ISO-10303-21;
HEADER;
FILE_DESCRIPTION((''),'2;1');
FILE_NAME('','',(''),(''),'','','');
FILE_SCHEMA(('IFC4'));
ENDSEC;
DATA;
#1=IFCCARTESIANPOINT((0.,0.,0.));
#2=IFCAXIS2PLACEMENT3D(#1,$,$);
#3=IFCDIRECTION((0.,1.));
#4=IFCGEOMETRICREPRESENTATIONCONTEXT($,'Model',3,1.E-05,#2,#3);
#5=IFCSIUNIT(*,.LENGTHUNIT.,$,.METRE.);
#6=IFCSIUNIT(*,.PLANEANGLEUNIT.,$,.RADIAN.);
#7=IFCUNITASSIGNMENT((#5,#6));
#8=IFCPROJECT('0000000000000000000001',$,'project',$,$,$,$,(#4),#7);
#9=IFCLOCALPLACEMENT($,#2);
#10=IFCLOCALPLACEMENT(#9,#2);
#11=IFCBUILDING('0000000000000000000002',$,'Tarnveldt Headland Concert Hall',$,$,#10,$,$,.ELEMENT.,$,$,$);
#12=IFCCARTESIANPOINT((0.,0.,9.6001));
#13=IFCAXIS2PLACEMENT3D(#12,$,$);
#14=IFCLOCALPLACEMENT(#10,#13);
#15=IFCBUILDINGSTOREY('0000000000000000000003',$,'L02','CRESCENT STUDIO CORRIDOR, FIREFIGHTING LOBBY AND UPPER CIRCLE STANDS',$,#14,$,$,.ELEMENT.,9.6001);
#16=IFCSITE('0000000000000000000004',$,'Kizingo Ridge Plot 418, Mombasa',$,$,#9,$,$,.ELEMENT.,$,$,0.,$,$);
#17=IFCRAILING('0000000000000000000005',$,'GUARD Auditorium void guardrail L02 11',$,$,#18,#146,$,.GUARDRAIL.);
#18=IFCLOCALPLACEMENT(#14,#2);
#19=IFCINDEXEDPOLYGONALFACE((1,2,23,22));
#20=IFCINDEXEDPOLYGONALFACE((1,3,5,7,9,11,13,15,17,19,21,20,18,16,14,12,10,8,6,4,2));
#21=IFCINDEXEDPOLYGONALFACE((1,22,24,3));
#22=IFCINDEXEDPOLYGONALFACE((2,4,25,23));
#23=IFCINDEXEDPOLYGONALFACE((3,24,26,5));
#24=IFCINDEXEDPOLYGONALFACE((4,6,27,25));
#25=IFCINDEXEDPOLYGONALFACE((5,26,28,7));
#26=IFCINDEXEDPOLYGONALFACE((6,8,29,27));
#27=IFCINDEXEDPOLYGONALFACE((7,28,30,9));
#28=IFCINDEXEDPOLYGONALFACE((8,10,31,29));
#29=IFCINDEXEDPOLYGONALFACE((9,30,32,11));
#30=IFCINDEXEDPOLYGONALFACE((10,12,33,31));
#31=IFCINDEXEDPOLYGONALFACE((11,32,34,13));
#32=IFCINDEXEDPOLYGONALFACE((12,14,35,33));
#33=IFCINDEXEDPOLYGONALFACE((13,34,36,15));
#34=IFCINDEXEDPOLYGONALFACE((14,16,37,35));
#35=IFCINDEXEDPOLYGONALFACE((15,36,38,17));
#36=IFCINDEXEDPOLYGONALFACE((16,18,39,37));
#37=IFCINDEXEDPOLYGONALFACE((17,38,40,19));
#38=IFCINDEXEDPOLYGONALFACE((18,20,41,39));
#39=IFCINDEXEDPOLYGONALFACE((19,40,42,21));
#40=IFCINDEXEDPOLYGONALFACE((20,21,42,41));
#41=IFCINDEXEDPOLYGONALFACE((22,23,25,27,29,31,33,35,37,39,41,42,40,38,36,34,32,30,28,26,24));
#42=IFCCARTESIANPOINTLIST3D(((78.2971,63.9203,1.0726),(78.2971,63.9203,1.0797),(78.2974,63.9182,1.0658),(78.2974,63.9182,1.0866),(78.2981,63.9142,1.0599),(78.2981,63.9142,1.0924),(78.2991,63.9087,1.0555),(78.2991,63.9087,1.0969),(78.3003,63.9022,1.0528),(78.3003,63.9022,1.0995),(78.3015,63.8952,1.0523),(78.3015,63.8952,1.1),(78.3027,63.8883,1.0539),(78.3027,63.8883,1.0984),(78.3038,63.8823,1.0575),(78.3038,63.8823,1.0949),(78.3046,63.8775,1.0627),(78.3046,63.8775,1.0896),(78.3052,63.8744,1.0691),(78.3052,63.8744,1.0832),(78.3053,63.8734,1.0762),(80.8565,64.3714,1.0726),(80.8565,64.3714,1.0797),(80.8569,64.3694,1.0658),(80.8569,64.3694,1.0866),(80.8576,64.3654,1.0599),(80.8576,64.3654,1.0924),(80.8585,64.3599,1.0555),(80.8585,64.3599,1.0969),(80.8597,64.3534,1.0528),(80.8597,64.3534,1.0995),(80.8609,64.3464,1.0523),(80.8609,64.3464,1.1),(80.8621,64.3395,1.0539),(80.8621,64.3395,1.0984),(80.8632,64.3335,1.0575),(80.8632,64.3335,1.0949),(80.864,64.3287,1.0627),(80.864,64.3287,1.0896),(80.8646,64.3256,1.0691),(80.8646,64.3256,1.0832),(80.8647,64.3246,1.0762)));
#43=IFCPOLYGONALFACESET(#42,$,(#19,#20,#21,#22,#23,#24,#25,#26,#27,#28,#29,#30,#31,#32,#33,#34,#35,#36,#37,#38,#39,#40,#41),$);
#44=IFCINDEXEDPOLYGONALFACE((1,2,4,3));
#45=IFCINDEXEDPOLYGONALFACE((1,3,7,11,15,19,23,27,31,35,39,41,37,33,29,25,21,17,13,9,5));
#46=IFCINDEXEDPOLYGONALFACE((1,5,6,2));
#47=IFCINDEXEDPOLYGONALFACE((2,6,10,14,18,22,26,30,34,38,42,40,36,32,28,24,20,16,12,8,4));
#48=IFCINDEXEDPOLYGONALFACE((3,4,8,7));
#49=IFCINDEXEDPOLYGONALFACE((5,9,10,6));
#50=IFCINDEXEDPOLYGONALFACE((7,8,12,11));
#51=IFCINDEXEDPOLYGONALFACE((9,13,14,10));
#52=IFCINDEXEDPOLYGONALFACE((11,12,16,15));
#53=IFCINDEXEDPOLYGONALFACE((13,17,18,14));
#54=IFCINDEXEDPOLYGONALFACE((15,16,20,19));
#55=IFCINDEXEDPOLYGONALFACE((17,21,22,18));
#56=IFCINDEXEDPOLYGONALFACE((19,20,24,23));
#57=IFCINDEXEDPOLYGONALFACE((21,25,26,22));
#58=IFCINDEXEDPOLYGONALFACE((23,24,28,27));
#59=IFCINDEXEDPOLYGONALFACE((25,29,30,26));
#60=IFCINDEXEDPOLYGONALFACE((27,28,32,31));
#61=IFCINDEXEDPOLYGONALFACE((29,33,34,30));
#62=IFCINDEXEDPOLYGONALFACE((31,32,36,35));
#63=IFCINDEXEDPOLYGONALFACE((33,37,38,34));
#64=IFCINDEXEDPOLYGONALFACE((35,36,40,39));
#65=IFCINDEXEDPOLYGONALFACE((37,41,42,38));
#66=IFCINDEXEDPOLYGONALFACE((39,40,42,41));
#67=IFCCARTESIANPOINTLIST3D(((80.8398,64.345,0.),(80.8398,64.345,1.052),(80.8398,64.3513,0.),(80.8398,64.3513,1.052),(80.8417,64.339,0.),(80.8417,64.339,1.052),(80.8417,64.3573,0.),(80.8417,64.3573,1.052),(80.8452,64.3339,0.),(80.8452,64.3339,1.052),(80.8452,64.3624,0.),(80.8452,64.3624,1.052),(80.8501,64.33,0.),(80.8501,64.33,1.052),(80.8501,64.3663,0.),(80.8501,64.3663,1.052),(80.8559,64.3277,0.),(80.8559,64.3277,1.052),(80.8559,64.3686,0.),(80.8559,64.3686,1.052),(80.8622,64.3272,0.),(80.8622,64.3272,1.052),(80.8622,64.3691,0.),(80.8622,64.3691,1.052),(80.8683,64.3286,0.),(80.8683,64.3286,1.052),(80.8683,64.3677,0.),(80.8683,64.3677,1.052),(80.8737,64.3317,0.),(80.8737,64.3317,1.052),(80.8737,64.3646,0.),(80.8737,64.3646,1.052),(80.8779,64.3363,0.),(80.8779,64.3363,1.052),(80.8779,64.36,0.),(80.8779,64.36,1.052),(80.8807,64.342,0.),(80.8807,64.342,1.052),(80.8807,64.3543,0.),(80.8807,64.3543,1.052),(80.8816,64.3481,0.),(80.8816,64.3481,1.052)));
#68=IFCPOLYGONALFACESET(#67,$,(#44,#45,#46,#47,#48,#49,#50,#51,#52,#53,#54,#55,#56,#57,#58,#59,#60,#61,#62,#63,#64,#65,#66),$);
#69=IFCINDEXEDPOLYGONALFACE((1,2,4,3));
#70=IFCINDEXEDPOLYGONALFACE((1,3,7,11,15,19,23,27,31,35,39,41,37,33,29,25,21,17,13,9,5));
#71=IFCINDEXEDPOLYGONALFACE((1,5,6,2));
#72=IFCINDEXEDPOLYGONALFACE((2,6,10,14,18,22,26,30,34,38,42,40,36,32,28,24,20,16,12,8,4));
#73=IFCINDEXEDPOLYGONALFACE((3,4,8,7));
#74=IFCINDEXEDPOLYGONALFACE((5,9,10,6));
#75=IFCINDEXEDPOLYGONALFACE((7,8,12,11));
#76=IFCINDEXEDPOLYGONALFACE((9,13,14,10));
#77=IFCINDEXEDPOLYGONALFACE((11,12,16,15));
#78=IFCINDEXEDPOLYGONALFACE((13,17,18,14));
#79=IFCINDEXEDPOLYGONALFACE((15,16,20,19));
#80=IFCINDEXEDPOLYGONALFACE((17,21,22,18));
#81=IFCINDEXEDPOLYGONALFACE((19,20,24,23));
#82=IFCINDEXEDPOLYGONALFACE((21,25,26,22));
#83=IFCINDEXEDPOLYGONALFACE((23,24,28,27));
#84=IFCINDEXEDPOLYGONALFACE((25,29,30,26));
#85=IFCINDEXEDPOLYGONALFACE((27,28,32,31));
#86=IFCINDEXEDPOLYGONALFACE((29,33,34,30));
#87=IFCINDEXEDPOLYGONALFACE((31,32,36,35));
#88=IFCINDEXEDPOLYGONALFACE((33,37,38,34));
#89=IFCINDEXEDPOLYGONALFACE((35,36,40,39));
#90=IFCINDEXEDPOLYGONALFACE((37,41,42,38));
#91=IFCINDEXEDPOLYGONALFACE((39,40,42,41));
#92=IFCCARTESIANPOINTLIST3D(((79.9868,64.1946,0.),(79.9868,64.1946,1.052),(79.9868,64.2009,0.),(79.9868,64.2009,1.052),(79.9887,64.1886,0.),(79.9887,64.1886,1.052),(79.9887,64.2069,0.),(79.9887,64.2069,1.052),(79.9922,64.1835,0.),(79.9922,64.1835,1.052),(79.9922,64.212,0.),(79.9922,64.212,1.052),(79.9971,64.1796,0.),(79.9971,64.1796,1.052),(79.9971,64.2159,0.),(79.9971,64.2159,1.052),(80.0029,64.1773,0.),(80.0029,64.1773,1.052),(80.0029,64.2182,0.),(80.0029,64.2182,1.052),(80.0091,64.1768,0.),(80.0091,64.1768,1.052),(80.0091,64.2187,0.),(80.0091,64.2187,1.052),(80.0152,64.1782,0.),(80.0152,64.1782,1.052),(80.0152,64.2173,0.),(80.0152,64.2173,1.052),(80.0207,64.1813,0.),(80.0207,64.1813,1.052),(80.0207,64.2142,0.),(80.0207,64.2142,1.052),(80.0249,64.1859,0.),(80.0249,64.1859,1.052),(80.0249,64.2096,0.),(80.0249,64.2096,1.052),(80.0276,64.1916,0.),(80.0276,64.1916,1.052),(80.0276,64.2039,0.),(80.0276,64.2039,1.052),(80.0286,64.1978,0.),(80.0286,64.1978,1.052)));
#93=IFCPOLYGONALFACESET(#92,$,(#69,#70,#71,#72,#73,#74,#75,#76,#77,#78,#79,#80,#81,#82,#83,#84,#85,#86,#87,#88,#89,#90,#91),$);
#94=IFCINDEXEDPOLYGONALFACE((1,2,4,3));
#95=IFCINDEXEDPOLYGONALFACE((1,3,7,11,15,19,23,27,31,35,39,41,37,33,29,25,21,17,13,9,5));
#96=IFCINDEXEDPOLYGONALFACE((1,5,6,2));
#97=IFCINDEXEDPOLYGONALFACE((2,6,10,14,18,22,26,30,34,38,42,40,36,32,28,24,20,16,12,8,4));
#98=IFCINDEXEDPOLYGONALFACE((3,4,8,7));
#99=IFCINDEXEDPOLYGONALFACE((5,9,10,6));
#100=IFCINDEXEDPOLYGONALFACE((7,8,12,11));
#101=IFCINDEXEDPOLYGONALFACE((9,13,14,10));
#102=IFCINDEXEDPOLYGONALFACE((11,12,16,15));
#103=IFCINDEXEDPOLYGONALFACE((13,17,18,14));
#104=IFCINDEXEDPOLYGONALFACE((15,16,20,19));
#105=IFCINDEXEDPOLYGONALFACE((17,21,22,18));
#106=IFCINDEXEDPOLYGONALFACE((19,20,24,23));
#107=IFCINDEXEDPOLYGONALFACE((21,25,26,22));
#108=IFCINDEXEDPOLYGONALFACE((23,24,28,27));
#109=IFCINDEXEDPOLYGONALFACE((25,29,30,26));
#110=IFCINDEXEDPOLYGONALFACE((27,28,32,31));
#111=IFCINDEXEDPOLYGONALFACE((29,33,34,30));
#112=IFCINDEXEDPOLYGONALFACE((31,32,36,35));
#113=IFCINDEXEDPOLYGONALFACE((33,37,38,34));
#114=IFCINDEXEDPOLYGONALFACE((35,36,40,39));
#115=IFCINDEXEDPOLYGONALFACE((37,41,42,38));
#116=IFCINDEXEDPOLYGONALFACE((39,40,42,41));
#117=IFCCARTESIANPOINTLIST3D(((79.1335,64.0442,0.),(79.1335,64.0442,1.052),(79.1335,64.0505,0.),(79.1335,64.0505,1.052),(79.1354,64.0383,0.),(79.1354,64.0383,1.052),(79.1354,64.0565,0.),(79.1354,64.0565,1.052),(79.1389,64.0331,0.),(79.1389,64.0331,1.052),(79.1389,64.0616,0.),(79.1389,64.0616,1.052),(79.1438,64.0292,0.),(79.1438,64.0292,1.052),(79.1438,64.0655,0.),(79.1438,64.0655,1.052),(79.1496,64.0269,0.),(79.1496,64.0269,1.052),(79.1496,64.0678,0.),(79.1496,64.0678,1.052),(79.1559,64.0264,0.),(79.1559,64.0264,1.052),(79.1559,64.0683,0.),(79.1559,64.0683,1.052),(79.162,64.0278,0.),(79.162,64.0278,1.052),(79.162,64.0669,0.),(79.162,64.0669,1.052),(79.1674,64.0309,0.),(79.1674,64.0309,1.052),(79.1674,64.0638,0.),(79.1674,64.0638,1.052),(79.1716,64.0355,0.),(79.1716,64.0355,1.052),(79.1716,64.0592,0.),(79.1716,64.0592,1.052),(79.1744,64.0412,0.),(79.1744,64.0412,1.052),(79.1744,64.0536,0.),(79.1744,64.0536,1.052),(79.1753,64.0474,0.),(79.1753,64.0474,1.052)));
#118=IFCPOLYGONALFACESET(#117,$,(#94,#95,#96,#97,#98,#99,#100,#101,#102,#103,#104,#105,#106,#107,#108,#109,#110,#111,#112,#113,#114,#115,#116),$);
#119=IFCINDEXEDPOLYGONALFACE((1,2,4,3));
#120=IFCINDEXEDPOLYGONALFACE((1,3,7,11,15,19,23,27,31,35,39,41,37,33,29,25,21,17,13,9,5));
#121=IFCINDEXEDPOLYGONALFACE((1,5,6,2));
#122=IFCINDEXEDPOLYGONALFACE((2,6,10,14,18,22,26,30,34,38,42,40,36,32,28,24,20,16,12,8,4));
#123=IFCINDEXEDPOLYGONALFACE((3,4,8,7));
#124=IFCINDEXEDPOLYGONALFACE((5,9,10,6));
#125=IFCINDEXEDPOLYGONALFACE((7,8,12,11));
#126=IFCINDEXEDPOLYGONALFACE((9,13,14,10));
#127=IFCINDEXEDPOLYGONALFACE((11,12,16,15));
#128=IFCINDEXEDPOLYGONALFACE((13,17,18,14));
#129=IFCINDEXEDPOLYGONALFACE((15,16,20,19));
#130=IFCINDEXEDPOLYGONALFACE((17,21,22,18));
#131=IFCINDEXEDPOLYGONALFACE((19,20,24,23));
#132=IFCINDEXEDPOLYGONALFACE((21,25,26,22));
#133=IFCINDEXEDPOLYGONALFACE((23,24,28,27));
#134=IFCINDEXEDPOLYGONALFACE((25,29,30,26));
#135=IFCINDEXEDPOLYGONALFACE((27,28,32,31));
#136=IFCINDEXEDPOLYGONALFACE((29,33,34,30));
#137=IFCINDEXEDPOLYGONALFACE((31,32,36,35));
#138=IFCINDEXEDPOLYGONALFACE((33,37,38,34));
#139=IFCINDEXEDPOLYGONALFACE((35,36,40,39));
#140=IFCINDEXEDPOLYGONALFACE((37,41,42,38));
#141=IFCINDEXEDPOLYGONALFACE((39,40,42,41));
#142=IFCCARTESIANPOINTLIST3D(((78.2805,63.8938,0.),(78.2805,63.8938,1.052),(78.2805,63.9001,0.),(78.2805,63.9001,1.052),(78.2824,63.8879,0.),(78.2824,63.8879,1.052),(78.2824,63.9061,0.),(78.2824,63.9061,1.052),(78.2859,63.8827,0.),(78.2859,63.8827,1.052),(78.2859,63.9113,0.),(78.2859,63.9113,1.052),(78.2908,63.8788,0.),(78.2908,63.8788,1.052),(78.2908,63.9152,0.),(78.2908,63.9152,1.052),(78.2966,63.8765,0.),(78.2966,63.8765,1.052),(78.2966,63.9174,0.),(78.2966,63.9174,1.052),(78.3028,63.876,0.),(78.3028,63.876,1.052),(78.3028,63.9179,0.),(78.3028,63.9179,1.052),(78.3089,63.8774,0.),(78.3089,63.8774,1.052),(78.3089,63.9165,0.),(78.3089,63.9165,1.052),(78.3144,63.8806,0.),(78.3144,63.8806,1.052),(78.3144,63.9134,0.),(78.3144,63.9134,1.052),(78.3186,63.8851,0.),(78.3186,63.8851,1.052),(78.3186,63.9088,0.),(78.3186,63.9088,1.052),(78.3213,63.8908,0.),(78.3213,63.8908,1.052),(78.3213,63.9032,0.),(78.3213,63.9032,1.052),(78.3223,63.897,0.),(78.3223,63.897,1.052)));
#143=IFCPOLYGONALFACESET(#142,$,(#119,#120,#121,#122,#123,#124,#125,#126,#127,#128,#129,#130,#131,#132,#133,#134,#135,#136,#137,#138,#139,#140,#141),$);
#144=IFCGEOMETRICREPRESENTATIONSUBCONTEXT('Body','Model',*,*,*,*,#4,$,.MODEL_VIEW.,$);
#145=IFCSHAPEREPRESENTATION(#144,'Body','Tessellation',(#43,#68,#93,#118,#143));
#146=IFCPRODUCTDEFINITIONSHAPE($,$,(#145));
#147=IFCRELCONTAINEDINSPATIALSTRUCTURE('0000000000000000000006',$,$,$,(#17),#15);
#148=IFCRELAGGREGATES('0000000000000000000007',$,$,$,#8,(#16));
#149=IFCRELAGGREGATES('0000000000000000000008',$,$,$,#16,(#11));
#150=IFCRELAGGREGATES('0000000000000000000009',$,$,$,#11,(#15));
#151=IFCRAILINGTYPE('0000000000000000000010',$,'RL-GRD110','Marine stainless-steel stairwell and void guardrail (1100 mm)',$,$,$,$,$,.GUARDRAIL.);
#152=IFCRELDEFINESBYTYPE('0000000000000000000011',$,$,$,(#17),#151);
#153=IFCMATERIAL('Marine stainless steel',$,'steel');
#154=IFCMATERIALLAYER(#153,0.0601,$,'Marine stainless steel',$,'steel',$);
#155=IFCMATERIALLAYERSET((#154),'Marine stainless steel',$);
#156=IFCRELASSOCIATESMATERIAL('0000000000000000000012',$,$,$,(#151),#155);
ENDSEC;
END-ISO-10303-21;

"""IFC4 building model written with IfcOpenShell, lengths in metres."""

from ifc_helpers import new_model, si_unit, direction, frame, origin, origin_2d, place, context, subcontext, project, spatial, circle, extrude, material, layer, layer_set, type_object, element, save


model = new_model("IFC4")

# Units and contexts
model_context = context("Model", 3, precision=1e-05, world=origin(), true_north=direction((0.0, 1.0)))
body_context = subcontext(model_context, "Body", "Model", "MODEL_VIEW")
ifc_project = project(units=[si_unit("LENGTHUNIT", "METRE"), si_unit("PLANEANGLEUNIT", "RADIAN")], contexts=[model_context])

# Site, building, storey
site_placement = place(None, origin())
site = spatial("IfcSite", under=ifc_project, at=site_placement, Name="Kizingo Ridge Plot 418, Mombasa", CompositionType="ELEMENT", RefElevation=0.0)
building_placement = place(site_placement, origin())
building = spatial("IfcBuilding", under=site, at=building_placement, Name="Tarnveldt Headland Concert Hall", CompositionType="ELEMENT")
storey_placement = place(building_placement, frame((0.0, 0.0, 9.6001)))
storey = spatial("IfcBuildingStorey", under=building, at=storey_placement, Name="L02", Description="CRESCENT STUDIO CORRIDOR, FIREFIGHTING LOBBY AND UPPER CIRCLE STANDS", CompositionType="ELEMENT", Elevation=9.6001)

# Railing
ifc_material_1 = material(Name="Marine stainless steel", Category="steel")
ifc_layer_1 = layer(ifc_material_1, 0.0601, Name="Marine stainless steel", Category="steel")
ifc_layer_set_1 = layer_set([ifc_layer_1], Name="Marine stainless steel")
railing_type = type_object("IfcRailingType", Name="RL-GRD110", Description="Marine stainless-steel stairwell and void guardrail (1100 mm)", PredefinedType="GUARDRAIL", material=ifc_layer_set_1)
railing_1_placement = place(storey_placement, frame((80.8606, 64.3481, 0.0)))
element("IfcRailing", 1, at=railing_1_placement, inside=storey, type_object=railing_type, Name="GUARD Auditorium void guardrail L02 11", PredefinedType="GUARDRAIL", context=body_context, shape_type="SweptSolid", body=[
    extrude(circle(Radius=0.0239, at=origin_2d()), frame((0.0, 0.0, 1.0762), z_axis=(-0.984815, -0.173608, 0.0), x_axis=(0.173608, -0.984815, 0.0)), (0.0, 0.0, 1.0), 2.5989),
    extrude(circle(Radius=0.021, at=origin_2d()), origin(), (0.0, 0.0, 1.0), 1.052),
    extrude(circle(Radius=0.021, at=origin_2d()), frame((-0.853, -0.1504, 0.0)), (0.0, 0.0, 1.0), 1.052),
    extrude(circle(Radius=0.021, at=origin_2d()), frame((-1.7063, -0.3008, 0.0)), (0.0, 0.0, 1.0), 1.052),
    extrude(circle(Radius=0.021, at=origin_2d()), frame((-2.5593, -0.4512, 0.0)), (0.0, 0.0, 1.0), 1.052),
])

save(model, "model.ifc")
